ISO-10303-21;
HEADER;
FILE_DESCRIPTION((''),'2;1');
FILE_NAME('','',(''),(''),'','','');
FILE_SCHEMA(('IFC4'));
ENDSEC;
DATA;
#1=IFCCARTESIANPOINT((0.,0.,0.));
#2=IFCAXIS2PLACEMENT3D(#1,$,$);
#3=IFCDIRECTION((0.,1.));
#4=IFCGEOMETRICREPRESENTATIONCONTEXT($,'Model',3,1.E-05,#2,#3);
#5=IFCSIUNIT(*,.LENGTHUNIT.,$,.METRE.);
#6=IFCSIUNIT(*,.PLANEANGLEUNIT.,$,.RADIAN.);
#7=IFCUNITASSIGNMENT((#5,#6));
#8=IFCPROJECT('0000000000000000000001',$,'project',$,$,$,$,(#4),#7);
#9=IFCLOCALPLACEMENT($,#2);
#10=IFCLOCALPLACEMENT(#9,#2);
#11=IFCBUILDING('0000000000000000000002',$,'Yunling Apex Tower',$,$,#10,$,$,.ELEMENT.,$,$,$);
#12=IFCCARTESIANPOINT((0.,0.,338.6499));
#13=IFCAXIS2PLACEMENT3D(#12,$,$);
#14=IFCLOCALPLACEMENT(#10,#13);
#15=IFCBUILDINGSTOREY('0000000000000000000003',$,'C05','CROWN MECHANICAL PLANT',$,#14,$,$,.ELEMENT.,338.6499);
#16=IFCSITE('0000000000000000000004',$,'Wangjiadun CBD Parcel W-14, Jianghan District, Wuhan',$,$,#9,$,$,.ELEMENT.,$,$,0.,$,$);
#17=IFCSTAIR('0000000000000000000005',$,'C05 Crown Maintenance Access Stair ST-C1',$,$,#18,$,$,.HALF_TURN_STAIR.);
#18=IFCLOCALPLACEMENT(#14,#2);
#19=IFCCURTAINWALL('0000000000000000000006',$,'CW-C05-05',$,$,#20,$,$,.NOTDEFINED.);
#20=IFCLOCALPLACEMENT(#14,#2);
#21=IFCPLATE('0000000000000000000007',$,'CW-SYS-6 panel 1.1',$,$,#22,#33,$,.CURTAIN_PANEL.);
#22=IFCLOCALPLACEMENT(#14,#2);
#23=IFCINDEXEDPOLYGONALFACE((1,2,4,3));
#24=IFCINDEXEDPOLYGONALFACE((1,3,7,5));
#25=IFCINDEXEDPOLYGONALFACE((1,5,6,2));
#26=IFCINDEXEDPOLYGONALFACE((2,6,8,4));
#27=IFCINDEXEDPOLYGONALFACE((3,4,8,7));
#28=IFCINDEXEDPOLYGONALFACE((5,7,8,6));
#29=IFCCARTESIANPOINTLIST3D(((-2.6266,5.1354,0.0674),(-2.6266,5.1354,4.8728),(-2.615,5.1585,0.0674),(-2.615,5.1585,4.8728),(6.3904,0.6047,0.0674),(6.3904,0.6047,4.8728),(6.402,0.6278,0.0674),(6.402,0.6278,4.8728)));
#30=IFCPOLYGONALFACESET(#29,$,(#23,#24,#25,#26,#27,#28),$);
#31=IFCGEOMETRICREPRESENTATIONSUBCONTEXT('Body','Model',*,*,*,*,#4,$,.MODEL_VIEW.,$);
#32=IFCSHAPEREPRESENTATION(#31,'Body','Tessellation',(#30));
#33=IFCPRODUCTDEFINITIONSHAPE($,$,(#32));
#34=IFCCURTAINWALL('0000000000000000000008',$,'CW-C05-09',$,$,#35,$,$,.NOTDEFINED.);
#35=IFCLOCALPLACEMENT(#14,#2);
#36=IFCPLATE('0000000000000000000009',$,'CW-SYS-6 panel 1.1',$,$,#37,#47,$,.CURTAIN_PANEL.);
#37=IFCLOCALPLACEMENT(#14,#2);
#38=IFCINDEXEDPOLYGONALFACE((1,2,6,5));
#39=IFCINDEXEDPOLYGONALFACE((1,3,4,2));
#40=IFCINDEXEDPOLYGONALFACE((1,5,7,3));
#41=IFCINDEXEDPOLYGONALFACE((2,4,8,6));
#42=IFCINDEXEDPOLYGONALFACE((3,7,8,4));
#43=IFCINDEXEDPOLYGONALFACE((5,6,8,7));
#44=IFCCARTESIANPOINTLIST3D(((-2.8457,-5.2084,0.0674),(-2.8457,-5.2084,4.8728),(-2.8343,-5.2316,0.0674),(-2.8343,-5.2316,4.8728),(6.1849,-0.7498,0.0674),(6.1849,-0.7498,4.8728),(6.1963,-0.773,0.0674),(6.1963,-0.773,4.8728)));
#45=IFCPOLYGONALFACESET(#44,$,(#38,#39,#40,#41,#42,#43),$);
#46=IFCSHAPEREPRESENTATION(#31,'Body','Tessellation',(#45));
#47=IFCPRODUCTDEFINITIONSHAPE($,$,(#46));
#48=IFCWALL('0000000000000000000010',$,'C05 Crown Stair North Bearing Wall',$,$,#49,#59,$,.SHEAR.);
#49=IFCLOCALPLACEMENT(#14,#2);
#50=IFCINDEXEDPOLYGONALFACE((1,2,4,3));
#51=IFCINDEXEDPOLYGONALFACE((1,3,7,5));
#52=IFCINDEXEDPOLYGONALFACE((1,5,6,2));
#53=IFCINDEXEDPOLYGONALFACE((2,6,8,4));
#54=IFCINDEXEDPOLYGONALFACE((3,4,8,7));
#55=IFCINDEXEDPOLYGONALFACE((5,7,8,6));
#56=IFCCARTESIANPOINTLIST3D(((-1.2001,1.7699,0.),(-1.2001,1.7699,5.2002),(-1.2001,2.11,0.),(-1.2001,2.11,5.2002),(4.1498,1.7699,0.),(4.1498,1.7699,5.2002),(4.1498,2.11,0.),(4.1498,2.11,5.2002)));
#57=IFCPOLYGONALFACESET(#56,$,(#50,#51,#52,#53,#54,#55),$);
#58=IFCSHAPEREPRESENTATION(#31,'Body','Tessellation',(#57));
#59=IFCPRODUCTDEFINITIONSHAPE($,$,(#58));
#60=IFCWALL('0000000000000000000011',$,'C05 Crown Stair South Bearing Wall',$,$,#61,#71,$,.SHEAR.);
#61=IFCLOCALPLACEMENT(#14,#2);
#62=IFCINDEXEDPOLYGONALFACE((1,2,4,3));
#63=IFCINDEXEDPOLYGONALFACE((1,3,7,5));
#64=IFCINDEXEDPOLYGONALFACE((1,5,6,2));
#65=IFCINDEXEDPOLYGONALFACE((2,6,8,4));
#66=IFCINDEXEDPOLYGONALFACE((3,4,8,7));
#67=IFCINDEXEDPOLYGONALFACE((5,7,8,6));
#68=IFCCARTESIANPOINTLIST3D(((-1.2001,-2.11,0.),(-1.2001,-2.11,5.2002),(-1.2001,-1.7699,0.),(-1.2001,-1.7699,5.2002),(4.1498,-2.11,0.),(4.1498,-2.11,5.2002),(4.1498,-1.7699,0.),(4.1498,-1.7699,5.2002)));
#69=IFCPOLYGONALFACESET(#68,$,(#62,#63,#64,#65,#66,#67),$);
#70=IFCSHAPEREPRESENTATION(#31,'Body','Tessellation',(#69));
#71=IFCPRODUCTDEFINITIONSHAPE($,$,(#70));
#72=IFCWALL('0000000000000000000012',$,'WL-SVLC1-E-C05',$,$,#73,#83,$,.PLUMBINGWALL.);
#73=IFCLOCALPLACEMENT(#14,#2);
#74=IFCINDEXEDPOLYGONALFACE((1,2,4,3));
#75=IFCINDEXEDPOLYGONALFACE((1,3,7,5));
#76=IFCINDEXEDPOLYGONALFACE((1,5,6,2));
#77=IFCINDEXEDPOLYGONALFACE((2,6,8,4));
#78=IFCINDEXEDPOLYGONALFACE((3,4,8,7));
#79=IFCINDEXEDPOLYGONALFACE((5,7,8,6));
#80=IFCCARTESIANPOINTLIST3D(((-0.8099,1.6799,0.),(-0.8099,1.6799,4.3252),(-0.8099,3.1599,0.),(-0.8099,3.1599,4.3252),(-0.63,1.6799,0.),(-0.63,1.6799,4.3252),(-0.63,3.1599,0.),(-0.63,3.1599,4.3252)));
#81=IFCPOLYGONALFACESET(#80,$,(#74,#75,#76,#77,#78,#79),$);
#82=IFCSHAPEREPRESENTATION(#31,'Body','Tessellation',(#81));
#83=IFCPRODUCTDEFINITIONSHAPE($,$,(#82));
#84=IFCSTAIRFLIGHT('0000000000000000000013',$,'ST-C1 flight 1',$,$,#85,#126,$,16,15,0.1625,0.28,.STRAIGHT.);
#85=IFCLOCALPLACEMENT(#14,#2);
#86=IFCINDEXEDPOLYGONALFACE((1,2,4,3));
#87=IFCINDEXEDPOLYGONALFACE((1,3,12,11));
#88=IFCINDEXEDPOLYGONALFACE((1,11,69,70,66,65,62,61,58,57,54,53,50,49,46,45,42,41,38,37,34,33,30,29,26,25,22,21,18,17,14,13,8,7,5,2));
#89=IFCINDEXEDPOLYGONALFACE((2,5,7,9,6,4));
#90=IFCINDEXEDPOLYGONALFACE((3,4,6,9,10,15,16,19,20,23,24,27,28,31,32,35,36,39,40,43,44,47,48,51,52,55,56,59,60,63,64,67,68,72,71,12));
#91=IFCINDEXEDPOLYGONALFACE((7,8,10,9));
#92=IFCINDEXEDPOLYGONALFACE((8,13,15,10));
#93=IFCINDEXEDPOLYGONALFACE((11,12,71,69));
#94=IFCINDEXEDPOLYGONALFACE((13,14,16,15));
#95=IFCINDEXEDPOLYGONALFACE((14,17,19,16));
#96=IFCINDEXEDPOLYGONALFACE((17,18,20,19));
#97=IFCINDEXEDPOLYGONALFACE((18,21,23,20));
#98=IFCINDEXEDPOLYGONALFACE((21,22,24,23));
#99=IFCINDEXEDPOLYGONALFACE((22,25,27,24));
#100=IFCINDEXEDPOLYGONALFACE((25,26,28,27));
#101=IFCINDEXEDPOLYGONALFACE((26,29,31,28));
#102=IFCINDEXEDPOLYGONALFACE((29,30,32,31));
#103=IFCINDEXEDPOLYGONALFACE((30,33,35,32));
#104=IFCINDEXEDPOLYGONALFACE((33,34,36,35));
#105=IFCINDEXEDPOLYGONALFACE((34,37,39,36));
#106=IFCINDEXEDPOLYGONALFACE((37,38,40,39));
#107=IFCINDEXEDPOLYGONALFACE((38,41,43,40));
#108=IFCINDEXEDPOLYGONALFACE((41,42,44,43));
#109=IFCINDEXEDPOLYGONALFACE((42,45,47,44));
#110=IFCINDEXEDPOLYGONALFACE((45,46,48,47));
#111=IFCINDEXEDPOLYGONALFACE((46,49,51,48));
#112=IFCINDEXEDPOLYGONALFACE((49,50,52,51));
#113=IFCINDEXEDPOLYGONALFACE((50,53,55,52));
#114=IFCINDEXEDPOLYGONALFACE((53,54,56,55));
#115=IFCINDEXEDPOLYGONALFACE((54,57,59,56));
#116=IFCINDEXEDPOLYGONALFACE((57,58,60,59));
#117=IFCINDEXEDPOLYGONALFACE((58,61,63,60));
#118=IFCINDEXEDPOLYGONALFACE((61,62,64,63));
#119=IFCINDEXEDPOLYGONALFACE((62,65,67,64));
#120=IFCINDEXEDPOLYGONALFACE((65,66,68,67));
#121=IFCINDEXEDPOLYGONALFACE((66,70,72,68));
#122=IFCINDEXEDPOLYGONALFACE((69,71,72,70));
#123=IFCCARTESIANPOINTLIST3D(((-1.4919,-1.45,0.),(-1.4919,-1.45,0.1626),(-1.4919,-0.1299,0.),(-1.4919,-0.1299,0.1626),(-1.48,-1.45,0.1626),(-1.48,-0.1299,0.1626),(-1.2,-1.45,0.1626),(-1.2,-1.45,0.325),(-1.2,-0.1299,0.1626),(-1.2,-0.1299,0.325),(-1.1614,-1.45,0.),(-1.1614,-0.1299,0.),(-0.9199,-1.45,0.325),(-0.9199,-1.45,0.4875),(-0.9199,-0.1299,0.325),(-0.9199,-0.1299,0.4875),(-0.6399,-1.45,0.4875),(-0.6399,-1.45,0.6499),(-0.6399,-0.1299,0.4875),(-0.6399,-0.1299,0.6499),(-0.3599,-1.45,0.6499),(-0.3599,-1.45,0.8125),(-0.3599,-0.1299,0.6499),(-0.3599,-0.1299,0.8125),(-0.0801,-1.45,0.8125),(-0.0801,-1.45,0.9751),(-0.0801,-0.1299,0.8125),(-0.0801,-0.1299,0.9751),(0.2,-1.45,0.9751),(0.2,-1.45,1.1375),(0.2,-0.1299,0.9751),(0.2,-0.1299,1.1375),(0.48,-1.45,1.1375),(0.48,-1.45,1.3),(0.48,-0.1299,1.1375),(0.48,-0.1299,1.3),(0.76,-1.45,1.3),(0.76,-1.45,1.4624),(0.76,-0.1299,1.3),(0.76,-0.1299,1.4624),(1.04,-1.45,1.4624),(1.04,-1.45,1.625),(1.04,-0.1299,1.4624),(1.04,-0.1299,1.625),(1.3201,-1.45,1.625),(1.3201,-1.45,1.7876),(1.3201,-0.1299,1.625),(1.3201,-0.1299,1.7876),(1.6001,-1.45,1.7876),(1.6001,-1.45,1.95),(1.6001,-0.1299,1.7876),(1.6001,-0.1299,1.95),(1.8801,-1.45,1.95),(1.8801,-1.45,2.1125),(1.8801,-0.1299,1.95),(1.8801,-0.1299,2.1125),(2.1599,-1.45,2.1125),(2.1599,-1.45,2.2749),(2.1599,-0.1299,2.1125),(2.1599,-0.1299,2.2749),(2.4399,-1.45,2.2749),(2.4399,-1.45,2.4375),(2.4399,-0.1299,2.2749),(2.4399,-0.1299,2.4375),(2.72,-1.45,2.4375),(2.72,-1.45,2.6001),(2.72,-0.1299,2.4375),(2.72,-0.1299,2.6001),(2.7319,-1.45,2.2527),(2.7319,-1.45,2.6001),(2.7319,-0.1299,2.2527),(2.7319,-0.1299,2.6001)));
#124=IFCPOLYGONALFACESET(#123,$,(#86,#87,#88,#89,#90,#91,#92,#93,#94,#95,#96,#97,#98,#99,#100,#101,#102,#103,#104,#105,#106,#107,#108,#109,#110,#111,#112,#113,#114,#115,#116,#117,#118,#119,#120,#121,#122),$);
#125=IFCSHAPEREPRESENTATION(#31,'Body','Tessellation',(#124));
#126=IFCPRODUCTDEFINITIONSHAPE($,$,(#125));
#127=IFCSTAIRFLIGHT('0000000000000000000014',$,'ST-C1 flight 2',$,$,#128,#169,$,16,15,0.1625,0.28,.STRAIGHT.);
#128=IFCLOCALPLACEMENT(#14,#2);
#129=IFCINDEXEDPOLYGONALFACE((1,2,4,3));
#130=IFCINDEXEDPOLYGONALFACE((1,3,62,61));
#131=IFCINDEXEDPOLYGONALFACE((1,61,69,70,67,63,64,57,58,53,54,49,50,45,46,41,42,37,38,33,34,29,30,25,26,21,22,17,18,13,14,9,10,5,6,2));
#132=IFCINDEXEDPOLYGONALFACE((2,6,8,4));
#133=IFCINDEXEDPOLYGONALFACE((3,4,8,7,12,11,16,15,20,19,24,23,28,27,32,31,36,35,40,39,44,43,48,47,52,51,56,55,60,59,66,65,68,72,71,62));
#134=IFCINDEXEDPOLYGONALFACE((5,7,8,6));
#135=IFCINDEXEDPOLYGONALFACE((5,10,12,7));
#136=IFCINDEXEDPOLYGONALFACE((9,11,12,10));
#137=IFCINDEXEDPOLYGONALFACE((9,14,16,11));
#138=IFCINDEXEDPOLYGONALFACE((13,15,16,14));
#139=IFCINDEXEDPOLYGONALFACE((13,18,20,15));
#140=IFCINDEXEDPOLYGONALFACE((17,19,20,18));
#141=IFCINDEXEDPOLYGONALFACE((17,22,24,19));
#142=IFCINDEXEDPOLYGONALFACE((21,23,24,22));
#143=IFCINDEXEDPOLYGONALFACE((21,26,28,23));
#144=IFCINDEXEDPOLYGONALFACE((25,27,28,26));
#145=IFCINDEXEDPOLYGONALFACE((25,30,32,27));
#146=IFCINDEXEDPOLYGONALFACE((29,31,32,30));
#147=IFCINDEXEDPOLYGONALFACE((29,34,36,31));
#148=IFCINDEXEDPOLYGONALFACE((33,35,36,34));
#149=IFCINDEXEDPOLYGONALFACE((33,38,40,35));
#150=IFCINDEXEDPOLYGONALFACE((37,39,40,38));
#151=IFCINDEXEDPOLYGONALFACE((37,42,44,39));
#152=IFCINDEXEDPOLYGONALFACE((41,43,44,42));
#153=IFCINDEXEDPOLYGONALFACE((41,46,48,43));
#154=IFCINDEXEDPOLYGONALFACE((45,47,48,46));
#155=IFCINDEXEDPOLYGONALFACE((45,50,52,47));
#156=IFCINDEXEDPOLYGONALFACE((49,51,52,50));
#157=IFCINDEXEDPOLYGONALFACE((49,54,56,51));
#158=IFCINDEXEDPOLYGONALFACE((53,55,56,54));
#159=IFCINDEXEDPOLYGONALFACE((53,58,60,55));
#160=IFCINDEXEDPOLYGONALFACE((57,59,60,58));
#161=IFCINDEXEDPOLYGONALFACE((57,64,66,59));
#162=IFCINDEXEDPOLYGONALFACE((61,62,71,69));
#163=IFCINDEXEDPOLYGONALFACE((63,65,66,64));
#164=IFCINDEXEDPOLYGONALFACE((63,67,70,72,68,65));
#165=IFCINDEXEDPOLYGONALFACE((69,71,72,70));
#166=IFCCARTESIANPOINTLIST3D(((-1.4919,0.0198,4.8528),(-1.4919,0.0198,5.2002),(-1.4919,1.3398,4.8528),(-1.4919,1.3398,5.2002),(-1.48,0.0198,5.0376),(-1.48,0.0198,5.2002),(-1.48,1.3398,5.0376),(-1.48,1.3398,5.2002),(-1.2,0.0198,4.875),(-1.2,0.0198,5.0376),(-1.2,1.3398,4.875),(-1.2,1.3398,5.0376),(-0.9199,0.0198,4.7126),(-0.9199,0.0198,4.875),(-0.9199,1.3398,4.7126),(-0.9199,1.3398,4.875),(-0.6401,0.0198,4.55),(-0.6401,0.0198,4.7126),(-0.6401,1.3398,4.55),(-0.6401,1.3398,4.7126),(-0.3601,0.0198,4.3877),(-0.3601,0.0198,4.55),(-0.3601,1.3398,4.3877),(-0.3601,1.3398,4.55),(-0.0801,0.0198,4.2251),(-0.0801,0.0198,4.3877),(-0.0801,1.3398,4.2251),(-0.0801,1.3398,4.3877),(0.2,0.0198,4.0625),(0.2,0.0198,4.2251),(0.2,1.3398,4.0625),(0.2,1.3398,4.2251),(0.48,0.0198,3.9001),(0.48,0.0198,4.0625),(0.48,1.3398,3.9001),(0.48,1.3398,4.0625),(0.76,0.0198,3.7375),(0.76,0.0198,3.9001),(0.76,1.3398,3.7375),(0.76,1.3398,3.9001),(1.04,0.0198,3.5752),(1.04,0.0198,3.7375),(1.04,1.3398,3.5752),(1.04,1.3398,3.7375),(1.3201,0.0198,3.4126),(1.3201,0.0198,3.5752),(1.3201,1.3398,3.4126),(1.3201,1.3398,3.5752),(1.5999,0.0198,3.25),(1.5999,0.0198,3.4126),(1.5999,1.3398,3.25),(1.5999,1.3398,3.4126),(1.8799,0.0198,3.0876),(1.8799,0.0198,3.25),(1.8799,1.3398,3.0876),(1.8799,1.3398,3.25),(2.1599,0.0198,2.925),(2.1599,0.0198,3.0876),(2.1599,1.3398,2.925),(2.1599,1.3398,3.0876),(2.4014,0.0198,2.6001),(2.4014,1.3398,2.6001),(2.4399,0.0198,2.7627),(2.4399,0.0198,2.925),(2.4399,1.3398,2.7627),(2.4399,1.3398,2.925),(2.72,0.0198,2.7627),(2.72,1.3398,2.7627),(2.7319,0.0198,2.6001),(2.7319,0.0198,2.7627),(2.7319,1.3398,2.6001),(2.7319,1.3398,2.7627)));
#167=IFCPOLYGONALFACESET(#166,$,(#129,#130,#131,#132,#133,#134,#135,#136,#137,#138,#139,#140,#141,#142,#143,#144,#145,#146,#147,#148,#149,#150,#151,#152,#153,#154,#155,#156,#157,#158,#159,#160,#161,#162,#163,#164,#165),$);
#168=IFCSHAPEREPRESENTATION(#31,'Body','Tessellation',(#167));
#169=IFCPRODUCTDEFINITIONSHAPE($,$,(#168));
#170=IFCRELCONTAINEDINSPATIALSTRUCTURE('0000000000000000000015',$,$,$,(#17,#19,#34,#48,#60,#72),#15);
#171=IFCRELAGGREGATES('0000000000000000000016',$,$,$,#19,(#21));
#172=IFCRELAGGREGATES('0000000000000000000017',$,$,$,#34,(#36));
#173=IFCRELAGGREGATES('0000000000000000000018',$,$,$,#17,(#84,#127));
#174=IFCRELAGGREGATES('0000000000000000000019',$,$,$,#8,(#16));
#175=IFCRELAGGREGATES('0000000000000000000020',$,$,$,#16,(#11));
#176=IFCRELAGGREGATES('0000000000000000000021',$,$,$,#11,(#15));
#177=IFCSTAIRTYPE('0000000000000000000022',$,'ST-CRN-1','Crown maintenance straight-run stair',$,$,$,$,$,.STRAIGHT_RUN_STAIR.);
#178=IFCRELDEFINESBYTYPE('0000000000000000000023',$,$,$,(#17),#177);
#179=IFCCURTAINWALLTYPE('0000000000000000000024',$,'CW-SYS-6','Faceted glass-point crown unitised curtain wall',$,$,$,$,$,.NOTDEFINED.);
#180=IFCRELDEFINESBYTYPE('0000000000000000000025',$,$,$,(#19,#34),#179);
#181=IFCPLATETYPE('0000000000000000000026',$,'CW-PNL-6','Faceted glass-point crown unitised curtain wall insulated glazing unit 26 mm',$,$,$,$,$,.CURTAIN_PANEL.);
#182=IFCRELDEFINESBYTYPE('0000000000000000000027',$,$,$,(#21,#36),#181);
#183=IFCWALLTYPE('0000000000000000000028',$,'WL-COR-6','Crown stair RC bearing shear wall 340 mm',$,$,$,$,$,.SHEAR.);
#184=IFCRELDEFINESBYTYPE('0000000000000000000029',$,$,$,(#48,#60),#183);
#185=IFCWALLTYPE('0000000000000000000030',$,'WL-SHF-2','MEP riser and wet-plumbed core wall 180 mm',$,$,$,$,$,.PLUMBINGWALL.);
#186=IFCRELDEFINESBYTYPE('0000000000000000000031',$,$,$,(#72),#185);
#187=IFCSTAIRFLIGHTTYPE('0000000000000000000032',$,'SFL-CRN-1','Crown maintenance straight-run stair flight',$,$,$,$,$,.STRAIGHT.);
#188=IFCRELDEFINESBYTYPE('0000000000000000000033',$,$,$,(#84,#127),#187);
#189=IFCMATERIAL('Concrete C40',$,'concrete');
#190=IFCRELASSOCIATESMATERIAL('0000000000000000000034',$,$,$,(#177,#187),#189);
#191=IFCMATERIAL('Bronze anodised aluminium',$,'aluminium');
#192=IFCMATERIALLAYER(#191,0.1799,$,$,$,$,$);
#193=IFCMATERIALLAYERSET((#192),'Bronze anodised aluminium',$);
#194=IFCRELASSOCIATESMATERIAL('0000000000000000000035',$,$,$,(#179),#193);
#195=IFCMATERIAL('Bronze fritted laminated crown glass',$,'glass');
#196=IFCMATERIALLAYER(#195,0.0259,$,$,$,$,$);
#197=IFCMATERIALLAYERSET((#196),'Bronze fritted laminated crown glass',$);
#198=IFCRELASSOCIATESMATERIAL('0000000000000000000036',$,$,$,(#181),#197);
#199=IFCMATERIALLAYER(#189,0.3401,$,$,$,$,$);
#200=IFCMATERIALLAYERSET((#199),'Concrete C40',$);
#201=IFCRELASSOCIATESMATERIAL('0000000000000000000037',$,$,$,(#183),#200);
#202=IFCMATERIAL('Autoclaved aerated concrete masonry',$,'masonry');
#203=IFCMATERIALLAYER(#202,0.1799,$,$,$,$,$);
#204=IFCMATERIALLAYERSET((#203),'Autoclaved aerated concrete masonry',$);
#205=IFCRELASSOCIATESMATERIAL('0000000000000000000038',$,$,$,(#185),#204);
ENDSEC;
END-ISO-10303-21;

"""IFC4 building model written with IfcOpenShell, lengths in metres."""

from ifc_helpers import new_model, si_unit, direction, frame, frame_2d, origin, origin_2d, place, context, subcontext, project, spatial, polyline, rectangle, outline, extrude, source, transform, mapped, material, layer, layer_set, type_object, element, aggregate, save


model = new_model("IFC4")

# Units and contexts
model_context = context("Model", 3, precision=1e-05, world=origin(), true_north=direction((0.0, 1.0)))
body_context = subcontext(model_context, "Body", "Model", "MODEL_VIEW")
ifc_project = project(units=[si_unit("LENGTHUNIT", "METRE"), si_unit("PLANEANGLEUNIT", "RADIAN")], contexts=[model_context])

# Site, building, storey
site_placement = place(None, origin())
site = spatial("IfcSite", under=ifc_project, at=site_placement, Name="Wangjiadun CBD Parcel W-14, Jianghan District, Wuhan", CompositionType="ELEMENT", RefElevation=0.0)
building_placement = place(site_placement, origin())
building = spatial("IfcBuilding", under=site, at=building_placement, Name="Yunling Apex Tower", CompositionType="ELEMENT")
storey_placement = place(building_placement, frame((0.0, 0.0, 338.6499)))
storey = spatial("IfcBuildingStorey", under=building, at=storey_placement, Name="C05", Description="CROWN MECHANICAL PLANT", CompositionType="ELEMENT", Elevation=338.6499)

# Shared definitions
ifc_material_1 = material(Name="Concrete C40", Category="concrete")

# Stair
stair_type = type_object("IfcStairType", Name="ST-CRN-1", Description="Crown maintenance straight-run stair", PredefinedType="STRAIGHT_RUN_STAIR", material=ifc_material_1)
stair_placement = place(storey_placement, origin())
stair = element("IfcStair", 1, at=stair_placement, inside=storey, type_object=stair_type, Name="C05 Crown Maintenance Access Stair ST-C1", PredefinedType="HALF_TURN_STAIR")

# Curtain walls, plates
ifc_material_2 = material(Name="Bronze anodised aluminium", Category="aluminium")
ifc_layer_1 = layer(ifc_material_2, 0.1799)
ifc_layer_set_1 = layer_set([ifc_layer_1], Name="Bronze anodised aluminium")
curtain_wall_type = type_object("IfcCurtainWallType", Name="CW-SYS-6", Description="Faceted glass-point crown unitised curtain wall", PredefinedType="NOTDEFINED", material=ifc_layer_set_1)
curtain_wall_1_placement = place(storey_placement, origin())
curtain_wall_1 = element("IfcCurtainWall", 2, at=curtain_wall_1_placement, inside=storey, type_object=curtain_wall_type, Name="CW-C05-05", PredefinedType="NOTDEFINED")
ifc_material_3 = material(Name="Bronze fritted laminated crown glass", Category="glass")
ifc_layer_2 = layer(ifc_material_3, 0.0259)
ifc_layer_set_2 = layer_set([ifc_layer_2], Name="Bronze fritted laminated crown glass")
plate_type_1 = type_object("IfcPlateType", Name="CW-PNL-6", Description="Faceted glass-point crown unitised curtain wall insulated glazing unit 26 mm", PredefinedType="CURTAIN_PANEL", material=ifc_layer_set_2)
shared_shape_1 = source(origin(), body_context, "Body", "SweptSolid", [
    extrude(rectangle(XDim=10.0913, YDim=0.0259, at=origin_2d()), origin(), (0.0, 0.0, 1.0), 4.8054),
])
plate_1_placement = place(storey_placement, frame((1.8877, 2.8816, 0.0674), z_axis=(0.0, 0.0, 1.0), x_axis=(0.893545, -0.448973, 0.0)))
plate_1 = element("IfcPlate", 3, at=plate_1_placement, type_object=plate_type_1, Name="CW-SYS-6 panel 1.1", PredefinedType="CURTAIN_PANEL", context=body_context, shape_type="MappedRepresentation", body=[
    mapped(shared_shape_1, transform((0.0, 0.0, 0.0), scale=1.0)),
])
aggregate(curtain_wall_1, [plate_1])
curtain_wall_2_placement = place(storey_placement, origin())
curtain_wall_2 = element("IfcCurtainWall", 4, at=curtain_wall_2_placement, inside=storey, type_object=curtain_wall_type, Name="CW-C05-09", PredefinedType="NOTDEFINED")
shared_shape_2 = source(origin(), body_context, "Body", "SweptSolid", [
    extrude(rectangle(XDim=10.0713, YDim=0.0259, at=origin_2d()), origin(), (0.0, 0.0, 1.0), 4.8054),
])
plate_2_placement = place(storey_placement, frame((1.6753, -2.9907, 0.0674), z_axis=(0.0, 0.0, 1.0), x_axis=(-0.896666, -0.442709, 0.0)))
plate_2 = element("IfcPlate", 5, at=plate_2_placement, type_object=plate_type_1, Name="CW-SYS-6 panel 1.1", PredefinedType="CURTAIN_PANEL", context=body_context, shape_type="MappedRepresentation", body=[
    mapped(shared_shape_2, transform((0.0, 0.0, 0.0), scale=1.0)),
])
aggregate(curtain_wall_2, [plate_2])

# Walls
ifc_layer_3 = layer(ifc_material_1, 0.3401)
ifc_layer_set_3 = layer_set([ifc_layer_3], Name="Concrete C40")
wall_type_1 = type_object("IfcWallType", Name="WL-COR-6", Description="Crown stair RC bearing shear wall 340 mm", PredefinedType="SHEAR", material=ifc_layer_set_3)
for number, where, z_axis, x_axis, name in (
    (6, (-1.2, 1.9399, 0.0), (0.0, 0.0, 1.0), (1.0, 0.0, 0.0), "C05 Crown Stair North Bearing Wall"),
    (7, (-1.2, -1.9399, 0.0), (0.0, 0.0, 1.0), (1.0, 0.0, 0.0), "C05 Crown Stair South Bearing Wall"),
):
    element("IfcWall", number, at=place(storey_placement, frame(where, z_axis=z_axis, x_axis=x_axis)), inside=storey, type_object=wall_type_1, Name=name, PredefinedType="SHEAR", context=body_context, shape_type="SweptSolid", body=[
        extrude(rectangle(XDim=5.3499, YDim=0.3401, at=frame_2d((2.6748, 0.0))), origin(), (0.0, 0.0, 1.0), 5.2002),
    ])
ifc_material_4 = material(Name="Autoclaved aerated concrete masonry", Category="masonry")
ifc_layer_4 = layer(ifc_material_4, 0.1799)
ifc_layer_set_4 = layer_set([ifc_layer_4], Name="Autoclaved aerated concrete masonry")
wall_type_2 = type_object("IfcWallType", Name="WL-SHF-2", Description="MEP riser and wet-plumbed core wall 180 mm", PredefinedType="PLUMBINGWALL", material=ifc_layer_set_4)
wall_placement = place(storey_placement, frame((-0.72, 1.6799, 0.0), z_axis=(0.0, 0.0, 1.0), x_axis=(0.0, 1.0, 0.0)))
element("IfcWall", 8, at=wall_placement, inside=storey, type_object=wall_type_2, Name="WL-SVLC1-E-C05", PredefinedType="PLUMBINGWALL", context=body_context, shape_type="SweptSolid", body=[
    extrude(rectangle(XDim=1.48, YDim=0.1799, at=frame_2d((0.74, 0.0))), origin(), (0.0, 0.0, 1.0), 4.3252),
])

# Stair flights
stair_flight_type = type_object("IfcStairFlightType", Name="SFL-CRN-1", Description="Crown maintenance straight-run stair flight", PredefinedType="STRAIGHT", material=ifc_material_1)
stair_flight_1_placement = place(storey_placement, frame((-1.48, -0.79, 0.0), z_axis=(0.0, 0.0, 1.0), x_axis=(1.0, 0.0, 0.0)))
stair_flight_1 = element("IfcStairFlight", 9, at=stair_flight_1_placement, type_object=stair_flight_type, Name="ST-C1 flight 1", NumberOfRisers=16, NumberOfTreads=15, PredefinedType="STRAIGHT", RiserHeight=0.1625, TreadLength=0.28, context=body_context, shape_type="SweptSolid", body=[
    extrude(outline(polyline([(-0.012, 0.0), (-0.012, 0.1626), (0.0, 0.1626), (0.28, 0.1626), (0.28, 0.325), (0.5601, 0.325), (0.5601, 0.4875), (0.8401, 0.4875), (0.8401, 0.6499), (1.1201, 0.6499), (1.1201, 0.8125), (1.3999, 0.8125), (1.3999, 0.9751), (1.6799, 0.9751), (1.6799, 1.1375), (1.96, 1.1375), (1.96, 1.3), (2.24, 1.3), (2.24, 1.4624), (2.52, 1.4624), (2.52, 1.625), (2.8, 1.625), (2.8, 1.7876), (3.0801, 1.7876), (3.0801, 1.95), (3.3601, 1.95), (3.3601, 2.1125), (3.6399, 2.1125), (3.6399, 2.2749), (3.9199, 2.2749), (3.9199, 2.4375), (4.2, 2.4375), (4.2, 2.6001), (4.2119, 2.6001), (4.2119, 2.2527), (0.3186, 0.0), (-0.012, 0.0)])), frame((0.0, 0.6602, 0.0), z_axis=(0.0, -1.0, 0.0), x_axis=(1.0, 0.0, 0.0)), (0.0, 0.0, 1.0), 1.3201),
])
stair_flight_2_placement = place(storey_placement, frame((2.72, 0.6799, 2.6001), z_axis=(0.0, 0.0, 1.0), x_axis=(-1.0, 0.0, 0.0)))
stair_flight_2 = element("IfcStairFlight", 10, at=stair_flight_2_placement, type_object=stair_flight_type, Name="ST-C1 flight 2", NumberOfRisers=16, NumberOfTreads=15, PredefinedType="STRAIGHT", RiserHeight=0.1625, TreadLength=0.28, context=body_context, shape_type="SweptSolid", body=[
    extrude(outline(polyline([(-0.012, 0.0), (-0.012, 0.1626), (0.0, 0.1626), (0.28, 0.1626), (0.28, 0.325), (0.5601, 0.325), (0.5601, 0.4875), (0.8401, 0.4875), (0.8401, 0.6499), (1.1201, 0.6499), (1.1201, 0.8125), (1.3999, 0.8125), (1.3999, 0.9751), (1.6799, 0.9751), (1.6799, 1.1375), (1.96, 1.1375), (1.96, 1.3), (2.24, 1.3), (2.24, 1.4624), (2.52, 1.4624), (2.52, 1.625), (2.8, 1.625), (2.8, 1.7876), (3.0801, 1.7876), (3.0801, 1.95), (3.3601, 1.95), (3.3601, 2.1125), (3.6399, 2.1125), (3.6399, 2.2749), (3.9199, 2.2749), (3.9199, 2.4375), (4.2, 2.4375), (4.2, 2.6001), (4.2119, 2.6001), (4.2119, 2.2527), (0.3186, 0.0), (-0.012, 0.0)])), frame((0.0, 0.6602, 0.0), z_axis=(0.0, -1.0, 0.0), x_axis=(1.0, 0.0, 0.0)), (0.0, 0.0, 1.0), 1.3201),
])
aggregate(stair, [stair_flight_1, stair_flight_2])

save(model, "model.ifc")
